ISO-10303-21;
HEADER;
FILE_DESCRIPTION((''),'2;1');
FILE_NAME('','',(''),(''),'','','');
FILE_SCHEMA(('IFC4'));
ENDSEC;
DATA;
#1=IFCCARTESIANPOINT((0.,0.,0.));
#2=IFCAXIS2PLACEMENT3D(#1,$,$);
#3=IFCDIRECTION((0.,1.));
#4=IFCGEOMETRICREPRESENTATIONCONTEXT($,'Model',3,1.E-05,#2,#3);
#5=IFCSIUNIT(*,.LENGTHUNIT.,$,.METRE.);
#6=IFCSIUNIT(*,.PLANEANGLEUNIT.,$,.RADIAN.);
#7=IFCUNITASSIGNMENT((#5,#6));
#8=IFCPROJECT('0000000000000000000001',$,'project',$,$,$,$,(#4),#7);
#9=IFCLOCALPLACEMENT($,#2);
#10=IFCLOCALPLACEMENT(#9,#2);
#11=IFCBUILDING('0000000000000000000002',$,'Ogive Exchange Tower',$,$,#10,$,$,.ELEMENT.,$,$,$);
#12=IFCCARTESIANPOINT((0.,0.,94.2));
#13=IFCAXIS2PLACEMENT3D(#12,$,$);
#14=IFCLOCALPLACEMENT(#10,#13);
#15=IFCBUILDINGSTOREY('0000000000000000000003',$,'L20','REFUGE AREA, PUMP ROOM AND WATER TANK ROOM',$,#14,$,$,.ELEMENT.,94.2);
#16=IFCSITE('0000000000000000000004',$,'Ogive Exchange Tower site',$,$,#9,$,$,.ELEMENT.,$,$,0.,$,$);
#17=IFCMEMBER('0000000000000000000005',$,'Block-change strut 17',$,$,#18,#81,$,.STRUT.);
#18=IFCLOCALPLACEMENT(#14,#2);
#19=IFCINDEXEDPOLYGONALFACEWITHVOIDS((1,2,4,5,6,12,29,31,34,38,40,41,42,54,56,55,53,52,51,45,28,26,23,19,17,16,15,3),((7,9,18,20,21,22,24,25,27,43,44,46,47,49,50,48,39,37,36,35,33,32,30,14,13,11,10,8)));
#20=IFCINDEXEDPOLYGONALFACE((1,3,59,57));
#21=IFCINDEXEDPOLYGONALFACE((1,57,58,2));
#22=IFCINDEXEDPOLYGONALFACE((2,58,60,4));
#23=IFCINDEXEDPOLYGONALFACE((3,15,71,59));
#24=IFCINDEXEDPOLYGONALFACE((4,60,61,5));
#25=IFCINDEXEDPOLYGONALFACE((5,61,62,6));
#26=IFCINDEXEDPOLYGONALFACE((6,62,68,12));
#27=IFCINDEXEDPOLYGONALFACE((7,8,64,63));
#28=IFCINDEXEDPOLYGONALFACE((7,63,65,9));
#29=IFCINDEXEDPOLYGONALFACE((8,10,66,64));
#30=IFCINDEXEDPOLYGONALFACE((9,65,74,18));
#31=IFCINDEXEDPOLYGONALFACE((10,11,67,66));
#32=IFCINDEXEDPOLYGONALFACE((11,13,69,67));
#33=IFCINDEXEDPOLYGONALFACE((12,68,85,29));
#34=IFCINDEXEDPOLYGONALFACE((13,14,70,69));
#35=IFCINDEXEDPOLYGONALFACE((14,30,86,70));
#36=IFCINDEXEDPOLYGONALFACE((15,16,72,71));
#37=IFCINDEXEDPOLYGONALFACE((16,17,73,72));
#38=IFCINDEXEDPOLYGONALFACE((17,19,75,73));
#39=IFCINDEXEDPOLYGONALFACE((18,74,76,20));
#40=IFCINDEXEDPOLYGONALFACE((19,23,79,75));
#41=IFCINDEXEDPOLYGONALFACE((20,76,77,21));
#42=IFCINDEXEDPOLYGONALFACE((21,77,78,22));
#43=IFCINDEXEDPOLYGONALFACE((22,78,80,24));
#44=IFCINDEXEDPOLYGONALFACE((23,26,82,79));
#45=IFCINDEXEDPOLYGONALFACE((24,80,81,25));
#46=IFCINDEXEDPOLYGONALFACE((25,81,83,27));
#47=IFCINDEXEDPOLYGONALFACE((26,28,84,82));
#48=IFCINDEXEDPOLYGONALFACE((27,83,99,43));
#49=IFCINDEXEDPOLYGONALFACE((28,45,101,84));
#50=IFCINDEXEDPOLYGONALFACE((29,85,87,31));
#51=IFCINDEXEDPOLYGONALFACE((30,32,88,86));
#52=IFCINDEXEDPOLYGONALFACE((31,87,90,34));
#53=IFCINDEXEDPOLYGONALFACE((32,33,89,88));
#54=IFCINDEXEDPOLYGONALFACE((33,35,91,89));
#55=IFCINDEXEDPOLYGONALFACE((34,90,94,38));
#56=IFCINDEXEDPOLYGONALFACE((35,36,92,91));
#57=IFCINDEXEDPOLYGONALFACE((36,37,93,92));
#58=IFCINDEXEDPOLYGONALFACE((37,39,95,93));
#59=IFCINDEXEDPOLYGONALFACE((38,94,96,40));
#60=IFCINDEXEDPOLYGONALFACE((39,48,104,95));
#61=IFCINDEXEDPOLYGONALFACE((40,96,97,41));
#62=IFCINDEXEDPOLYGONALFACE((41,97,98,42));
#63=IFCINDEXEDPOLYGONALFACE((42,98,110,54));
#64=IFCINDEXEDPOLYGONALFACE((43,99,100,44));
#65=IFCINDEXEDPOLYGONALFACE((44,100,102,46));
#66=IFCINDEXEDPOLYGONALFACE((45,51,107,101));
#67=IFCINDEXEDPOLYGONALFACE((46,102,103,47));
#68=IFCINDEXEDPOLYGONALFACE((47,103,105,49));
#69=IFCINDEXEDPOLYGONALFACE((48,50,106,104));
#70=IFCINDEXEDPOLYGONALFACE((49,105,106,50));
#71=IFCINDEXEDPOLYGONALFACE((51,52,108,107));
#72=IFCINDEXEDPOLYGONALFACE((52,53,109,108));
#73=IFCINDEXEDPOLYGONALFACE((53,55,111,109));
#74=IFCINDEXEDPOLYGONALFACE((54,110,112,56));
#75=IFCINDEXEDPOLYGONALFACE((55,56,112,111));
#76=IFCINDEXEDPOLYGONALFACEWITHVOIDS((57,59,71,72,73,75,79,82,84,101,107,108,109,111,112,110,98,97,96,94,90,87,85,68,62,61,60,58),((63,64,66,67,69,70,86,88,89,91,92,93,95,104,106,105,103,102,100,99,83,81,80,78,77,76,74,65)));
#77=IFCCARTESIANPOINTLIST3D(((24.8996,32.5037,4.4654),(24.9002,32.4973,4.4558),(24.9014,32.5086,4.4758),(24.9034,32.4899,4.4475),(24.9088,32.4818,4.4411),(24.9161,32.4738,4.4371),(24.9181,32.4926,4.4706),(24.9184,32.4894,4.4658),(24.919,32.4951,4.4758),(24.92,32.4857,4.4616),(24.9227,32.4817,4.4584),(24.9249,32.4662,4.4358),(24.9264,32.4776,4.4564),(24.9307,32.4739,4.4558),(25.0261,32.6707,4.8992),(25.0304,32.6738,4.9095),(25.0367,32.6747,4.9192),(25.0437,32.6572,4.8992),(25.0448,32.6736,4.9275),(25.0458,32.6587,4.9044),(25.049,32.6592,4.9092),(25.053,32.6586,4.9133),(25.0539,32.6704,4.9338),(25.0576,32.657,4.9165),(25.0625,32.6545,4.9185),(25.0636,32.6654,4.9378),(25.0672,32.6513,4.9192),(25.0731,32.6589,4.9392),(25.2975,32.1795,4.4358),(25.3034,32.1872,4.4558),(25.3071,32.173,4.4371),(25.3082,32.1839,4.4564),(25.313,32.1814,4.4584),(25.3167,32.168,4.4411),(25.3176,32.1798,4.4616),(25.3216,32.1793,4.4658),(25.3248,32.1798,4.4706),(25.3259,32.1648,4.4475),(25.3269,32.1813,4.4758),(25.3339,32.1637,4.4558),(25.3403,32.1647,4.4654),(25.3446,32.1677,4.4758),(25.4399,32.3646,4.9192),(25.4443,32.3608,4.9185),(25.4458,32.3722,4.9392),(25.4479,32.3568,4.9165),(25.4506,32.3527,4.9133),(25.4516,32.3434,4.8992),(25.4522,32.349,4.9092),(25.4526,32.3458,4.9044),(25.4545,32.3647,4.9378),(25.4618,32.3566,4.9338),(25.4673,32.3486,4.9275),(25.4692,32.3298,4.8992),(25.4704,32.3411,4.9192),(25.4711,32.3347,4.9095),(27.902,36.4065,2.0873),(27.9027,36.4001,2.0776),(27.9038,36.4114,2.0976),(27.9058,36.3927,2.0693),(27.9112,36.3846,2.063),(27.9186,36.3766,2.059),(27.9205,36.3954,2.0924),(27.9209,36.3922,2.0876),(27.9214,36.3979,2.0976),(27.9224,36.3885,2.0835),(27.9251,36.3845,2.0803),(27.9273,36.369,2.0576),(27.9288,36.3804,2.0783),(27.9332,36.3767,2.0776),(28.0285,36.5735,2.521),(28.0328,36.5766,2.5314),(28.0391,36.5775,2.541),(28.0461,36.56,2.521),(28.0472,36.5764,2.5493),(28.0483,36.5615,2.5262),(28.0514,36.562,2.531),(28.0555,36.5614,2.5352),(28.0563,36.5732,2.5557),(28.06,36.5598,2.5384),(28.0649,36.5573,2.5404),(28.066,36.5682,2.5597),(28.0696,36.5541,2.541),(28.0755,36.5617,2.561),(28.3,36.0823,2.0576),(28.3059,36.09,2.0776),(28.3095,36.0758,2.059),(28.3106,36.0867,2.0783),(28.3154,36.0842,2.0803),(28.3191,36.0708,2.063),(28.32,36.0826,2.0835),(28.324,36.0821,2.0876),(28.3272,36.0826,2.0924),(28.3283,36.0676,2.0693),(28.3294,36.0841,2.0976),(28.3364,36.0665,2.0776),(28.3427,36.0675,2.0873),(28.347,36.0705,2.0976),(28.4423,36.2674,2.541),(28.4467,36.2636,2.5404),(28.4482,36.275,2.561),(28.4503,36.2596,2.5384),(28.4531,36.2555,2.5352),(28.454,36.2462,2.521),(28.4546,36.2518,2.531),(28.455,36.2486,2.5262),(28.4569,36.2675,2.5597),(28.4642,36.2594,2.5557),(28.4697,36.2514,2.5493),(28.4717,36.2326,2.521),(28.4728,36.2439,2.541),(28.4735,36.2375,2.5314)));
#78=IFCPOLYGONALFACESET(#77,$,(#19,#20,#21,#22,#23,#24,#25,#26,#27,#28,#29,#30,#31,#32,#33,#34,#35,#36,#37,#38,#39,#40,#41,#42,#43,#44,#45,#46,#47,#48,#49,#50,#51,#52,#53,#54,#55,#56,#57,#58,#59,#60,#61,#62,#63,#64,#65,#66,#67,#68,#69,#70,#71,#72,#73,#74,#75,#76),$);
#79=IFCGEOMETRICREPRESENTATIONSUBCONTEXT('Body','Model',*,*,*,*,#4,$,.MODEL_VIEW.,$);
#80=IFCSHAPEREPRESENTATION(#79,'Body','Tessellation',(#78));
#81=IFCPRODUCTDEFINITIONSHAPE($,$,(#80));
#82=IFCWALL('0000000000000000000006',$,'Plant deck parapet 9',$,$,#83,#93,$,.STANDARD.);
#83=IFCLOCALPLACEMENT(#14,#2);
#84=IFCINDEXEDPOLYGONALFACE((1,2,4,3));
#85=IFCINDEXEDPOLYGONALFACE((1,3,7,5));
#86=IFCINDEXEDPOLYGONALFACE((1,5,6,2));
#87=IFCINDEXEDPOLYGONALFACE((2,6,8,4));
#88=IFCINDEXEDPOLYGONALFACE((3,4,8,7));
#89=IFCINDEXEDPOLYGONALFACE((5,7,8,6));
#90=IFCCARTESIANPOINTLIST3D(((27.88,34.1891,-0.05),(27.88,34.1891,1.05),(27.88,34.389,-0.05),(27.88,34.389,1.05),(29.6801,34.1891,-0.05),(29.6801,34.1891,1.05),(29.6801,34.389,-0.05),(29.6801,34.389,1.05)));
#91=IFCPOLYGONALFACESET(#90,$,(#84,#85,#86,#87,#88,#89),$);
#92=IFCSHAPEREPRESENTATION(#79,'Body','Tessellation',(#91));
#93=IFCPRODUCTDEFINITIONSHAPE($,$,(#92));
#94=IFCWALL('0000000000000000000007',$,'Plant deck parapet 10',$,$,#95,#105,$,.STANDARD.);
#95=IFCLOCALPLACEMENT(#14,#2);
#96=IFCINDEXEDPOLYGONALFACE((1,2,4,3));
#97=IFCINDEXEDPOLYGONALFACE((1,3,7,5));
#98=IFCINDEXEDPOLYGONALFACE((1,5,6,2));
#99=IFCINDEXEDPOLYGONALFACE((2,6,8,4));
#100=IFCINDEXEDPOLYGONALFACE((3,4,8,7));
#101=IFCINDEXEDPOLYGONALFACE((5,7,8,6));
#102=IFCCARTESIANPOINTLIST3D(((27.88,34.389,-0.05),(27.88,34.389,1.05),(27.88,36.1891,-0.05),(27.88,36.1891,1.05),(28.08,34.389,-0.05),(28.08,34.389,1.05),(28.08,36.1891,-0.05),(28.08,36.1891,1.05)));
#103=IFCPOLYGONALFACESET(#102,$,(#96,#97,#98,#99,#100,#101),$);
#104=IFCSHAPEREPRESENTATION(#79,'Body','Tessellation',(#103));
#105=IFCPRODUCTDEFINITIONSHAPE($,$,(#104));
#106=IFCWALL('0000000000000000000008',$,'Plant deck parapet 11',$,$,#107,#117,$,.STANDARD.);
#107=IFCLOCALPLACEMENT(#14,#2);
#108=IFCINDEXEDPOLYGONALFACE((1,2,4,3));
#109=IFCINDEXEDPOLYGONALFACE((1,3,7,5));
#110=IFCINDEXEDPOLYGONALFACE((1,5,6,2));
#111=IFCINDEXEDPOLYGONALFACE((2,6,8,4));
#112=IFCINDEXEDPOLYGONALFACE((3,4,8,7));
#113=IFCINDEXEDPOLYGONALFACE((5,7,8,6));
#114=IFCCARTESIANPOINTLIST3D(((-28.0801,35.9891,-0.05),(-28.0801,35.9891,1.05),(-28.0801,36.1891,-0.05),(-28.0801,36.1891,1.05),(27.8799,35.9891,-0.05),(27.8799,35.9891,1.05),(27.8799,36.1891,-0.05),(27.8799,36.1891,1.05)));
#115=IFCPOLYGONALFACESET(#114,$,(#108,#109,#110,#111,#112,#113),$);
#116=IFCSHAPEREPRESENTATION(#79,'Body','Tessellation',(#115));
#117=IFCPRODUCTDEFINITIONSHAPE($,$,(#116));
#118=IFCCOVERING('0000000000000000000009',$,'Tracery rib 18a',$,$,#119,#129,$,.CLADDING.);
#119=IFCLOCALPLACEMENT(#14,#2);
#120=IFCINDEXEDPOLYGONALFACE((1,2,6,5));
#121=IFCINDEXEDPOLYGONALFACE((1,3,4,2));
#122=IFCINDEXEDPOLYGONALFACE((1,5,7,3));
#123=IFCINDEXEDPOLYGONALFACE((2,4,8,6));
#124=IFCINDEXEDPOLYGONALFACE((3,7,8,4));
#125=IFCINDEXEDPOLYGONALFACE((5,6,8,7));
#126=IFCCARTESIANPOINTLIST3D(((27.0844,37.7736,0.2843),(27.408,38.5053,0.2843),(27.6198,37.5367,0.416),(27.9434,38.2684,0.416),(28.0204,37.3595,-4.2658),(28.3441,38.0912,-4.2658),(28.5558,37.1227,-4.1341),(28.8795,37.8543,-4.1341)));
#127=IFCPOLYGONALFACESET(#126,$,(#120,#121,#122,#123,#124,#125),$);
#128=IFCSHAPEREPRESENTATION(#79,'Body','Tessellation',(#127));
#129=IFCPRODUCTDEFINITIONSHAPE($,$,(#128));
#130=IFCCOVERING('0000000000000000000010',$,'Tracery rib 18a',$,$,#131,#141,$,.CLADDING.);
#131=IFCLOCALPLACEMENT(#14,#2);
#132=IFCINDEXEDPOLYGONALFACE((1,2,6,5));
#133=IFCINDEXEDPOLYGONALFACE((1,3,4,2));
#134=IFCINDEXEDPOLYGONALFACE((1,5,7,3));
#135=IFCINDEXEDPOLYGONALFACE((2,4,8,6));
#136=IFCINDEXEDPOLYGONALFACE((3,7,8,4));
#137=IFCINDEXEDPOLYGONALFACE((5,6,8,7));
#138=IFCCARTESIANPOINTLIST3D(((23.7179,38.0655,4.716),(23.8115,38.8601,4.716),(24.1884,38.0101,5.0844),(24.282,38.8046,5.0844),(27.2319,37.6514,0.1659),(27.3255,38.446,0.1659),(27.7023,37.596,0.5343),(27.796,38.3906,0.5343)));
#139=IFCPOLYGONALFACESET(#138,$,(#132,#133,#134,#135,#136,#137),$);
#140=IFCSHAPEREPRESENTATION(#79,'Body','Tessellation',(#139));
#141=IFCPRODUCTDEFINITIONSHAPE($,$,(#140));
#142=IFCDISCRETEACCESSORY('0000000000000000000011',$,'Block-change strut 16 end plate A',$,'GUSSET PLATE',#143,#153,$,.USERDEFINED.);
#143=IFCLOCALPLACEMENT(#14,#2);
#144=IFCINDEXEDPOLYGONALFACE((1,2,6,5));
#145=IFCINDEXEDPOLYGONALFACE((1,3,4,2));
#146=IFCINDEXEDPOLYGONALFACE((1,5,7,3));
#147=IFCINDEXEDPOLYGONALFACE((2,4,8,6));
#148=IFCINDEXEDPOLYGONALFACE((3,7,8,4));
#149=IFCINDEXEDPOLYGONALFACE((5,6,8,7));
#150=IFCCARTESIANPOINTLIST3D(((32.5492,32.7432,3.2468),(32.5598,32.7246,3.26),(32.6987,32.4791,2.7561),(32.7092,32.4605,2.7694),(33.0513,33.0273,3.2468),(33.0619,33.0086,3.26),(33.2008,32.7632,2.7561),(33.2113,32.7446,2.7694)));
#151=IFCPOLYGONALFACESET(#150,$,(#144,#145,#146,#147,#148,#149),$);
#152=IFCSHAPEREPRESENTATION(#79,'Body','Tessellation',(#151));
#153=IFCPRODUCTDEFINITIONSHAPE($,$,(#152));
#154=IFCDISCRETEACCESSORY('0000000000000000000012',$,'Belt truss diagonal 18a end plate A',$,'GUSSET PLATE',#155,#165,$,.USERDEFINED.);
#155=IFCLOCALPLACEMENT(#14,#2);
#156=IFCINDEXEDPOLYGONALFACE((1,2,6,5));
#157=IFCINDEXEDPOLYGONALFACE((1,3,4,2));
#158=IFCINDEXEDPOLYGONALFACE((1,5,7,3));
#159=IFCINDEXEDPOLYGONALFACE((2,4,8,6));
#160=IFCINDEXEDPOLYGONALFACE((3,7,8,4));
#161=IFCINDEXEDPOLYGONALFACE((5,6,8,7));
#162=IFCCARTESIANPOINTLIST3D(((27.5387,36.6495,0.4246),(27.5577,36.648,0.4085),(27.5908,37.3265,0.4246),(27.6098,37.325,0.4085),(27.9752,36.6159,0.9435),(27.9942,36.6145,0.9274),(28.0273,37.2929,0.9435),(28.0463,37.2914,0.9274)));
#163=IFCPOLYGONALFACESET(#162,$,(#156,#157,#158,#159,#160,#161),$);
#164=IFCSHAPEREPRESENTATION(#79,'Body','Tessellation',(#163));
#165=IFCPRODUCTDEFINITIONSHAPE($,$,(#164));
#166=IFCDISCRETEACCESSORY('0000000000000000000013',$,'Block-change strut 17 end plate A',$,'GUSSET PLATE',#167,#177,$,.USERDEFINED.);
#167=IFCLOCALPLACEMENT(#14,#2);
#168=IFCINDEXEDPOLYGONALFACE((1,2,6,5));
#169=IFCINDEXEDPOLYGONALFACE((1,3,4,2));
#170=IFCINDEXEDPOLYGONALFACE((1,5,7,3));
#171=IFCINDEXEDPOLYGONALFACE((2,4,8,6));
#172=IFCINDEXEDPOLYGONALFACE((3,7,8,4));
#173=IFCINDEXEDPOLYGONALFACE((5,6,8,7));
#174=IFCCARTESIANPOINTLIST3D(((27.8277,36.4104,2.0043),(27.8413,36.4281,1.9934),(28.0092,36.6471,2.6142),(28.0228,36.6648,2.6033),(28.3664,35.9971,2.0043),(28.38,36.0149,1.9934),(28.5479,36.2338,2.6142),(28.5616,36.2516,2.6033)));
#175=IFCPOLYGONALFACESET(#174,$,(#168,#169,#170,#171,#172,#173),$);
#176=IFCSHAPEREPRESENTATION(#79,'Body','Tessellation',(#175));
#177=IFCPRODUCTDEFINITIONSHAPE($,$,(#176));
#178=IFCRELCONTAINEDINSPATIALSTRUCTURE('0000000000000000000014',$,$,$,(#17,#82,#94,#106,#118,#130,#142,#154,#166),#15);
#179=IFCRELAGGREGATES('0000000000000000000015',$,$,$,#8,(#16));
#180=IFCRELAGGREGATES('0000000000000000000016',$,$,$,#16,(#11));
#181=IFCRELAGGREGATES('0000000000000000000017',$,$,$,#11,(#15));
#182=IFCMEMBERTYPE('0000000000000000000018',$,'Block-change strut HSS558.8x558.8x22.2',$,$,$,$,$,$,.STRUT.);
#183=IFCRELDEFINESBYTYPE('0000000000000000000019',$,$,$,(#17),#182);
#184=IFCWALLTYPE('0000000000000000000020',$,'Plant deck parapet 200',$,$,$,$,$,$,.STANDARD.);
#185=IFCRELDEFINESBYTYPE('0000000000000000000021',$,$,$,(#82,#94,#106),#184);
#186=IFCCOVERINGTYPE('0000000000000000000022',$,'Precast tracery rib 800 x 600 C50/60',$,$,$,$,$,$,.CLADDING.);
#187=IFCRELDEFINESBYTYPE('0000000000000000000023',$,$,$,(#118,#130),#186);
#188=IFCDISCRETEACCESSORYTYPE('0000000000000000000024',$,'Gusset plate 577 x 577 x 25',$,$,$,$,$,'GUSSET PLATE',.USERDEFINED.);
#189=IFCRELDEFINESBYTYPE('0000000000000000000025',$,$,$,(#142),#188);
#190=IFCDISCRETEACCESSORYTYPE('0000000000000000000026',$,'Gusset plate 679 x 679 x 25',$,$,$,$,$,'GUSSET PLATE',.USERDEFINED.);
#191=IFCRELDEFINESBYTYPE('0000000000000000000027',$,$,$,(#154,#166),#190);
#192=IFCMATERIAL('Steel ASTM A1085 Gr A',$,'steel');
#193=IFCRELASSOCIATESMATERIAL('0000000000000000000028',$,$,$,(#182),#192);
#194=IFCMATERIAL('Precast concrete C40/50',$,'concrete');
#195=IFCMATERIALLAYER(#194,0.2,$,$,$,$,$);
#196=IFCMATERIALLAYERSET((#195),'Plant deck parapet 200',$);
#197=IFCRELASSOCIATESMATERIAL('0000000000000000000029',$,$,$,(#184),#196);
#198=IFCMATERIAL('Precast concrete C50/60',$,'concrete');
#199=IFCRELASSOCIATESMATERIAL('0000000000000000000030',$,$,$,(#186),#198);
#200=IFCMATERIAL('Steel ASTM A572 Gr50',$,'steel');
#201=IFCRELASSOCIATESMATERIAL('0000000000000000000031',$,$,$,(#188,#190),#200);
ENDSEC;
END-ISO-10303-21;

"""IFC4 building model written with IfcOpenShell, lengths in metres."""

from ifc_helpers import new_model, si_unit, direction, frame, frame_2d, origin, origin_2d, place, context, subcontext, project, spatial, rectangle, hollow_rectangle, extrude, material, layer, layer_set, material_profile, profile_set, type_object, element, save


model = new_model("IFC4")

# Units and contexts
model_context = context("Model", 3, precision=1e-05, world=origin(), true_north=direction((0.0, 1.0)))
body_context = subcontext(model_context, "Body", "Model", "MODEL_VIEW")
ifc_project = project(units=[si_unit("LENGTHUNIT", "METRE"), si_unit("PLANEANGLEUNIT", "RADIAN")], contexts=[model_context])

# Site, building, storey
site_placement = place(None, origin())
site = spatial("IfcSite", under=ifc_project, at=site_placement, Name="Ogive Exchange Tower site", CompositionType="ELEMENT", RefElevation=0.0)
building_placement = place(site_placement, origin())
building = spatial("IfcBuilding", under=site, at=building_placement, Name="Ogive Exchange Tower", CompositionType="ELEMENT")
storey_placement = place(building_placement, frame((0.0, 0.0, 94.2)))
storey = spatial("IfcBuildingStorey", under=building, at=storey_placement, Name="L20", Description="REFUGE AREA, PUMP ROOM AND WATER TANK ROOM", CompositionType="ELEMENT", Elevation=94.2)

# Shared definitions
ifc_material_1 = material(Name="Steel ASTM A1085 Gr A", Category="steel")

# Member
ifc_material_profile_1 = material_profile(ifc_material_1, hollow_rectangle(XDim=0.5591, YDim=0.5591, WallThickness=0.0222, InnerFilletRadius=0.0222, OuterFilletRadius=0.0444, at=origin_2d()), Name="HSS558.8x558.8x22.2")
ifc_profile_set_1 = profile_set([ifc_material_profile_1], Name="Steel ASTM A1085 Gr A")
member_type_1 = type_object("IfcMemberType", Name="Block-change strut HSS558.8x558.8x22.2", PredefinedType="STRUT", material=ifc_profile_set_1)
member_1_placement = place(storey_placement, frame((28.1877, 36.322, 2.3093), z_axis=(-0.549062, -0.713718, 0.434901), x_axis=(0.792598, -0.609744, 0.0)))
element("IfcMember", 1, at=member_1_placement, inside=storey, type_object=member_type_1, Name="Block-change strut 17", PredefinedType="STRUT", context=body_context, shape_type="SweptSolid", body=[
    extrude(hollow_rectangle(XDim=0.5591, YDim=0.5591, WallThickness=0.0222, InnerFilletRadius=0.0222, OuterFilletRadius=0.0444, at=origin_2d()), origin(), (0.0, 0.0, 1.0), 5.4683),
])

# Walls
ifc_material_2 = material(Name="Precast concrete C40/50", Category="concrete")
ifc_layer = layer(ifc_material_2, 0.2)
ifc_layer_set = layer_set([ifc_layer], Name="Plant deck parapet 200")
wall_type = type_object("IfcWallType", Name="Plant deck parapet 200", PredefinedType="STANDARD", material=ifc_layer_set)
for number, where, z_axis, x_axis, name in (
    (2, (29.6799, 34.2891, -0.05), (0.0, 0.0, 1.0), (-1.0, 0.0, 0.0), "Plant deck parapet 9"),
    (3, (27.98, 34.3892, -0.05), (0.0, 0.0, 1.0), (0.0, 1.0, 0.0), "Plant deck parapet 10"),
):
    element("IfcWall", number, at=place(storey_placement, frame(where, z_axis=z_axis, x_axis=x_axis)), inside=storey, type_object=wall_type, Name=name, PredefinedType="STANDARD", context=body_context, shape_type="SweptSolid", body=[
        extrude(rectangle(XDim=1.8, YDim=0.2, at=frame_2d((0.8999, 0.0))), origin(), (0.0, 0.0, 1.0), 1.1001),
    ])
wall_placement = place(storey_placement, frame((27.8799, 36.0891, -0.05), z_axis=(0.0, 0.0, 1.0), x_axis=(-1.0, 0.0, 0.0)))
element("IfcWall", 4, at=wall_placement, inside=storey, type_object=wall_type, Name="Plant deck parapet 11", PredefinedType="STANDARD", context=body_context, shape_type="SweptSolid", body=[
    extrude(rectangle(XDim=55.96, YDim=0.2, at=frame_2d((27.98, 0.0))), origin(), (0.0, 0.0, 1.0), 1.1001),
])

# Coverings
ifc_material_3 = material(Name="Precast concrete C50/60", Category="concrete")
ifc_material_profile_2 = material_profile(ifc_material_3, rectangle(XDim=0.8, YDim=0.6001, at=origin_2d()), Name="RIB 800 x 600")
ifc_profile_set_2 = profile_set([ifc_material_profile_2], Name="Precast concrete C50/60")
covering_type = type_object("IfcCoveringType", Name="Precast tracery rib 800 x 600 C50/60", PredefinedType="CLADDING", material=ifc_profile_set_2)
covering_1_placement = place(storey_placement, frame((28.45, 37.6069, -4.2), z_axis=(-0.200704, 0.088783, 0.97562), x_axis=(-0.404544, -0.914518, 0.0)))
element("IfcCovering", 5, at=covering_1_placement, inside=storey, type_object=covering_type, Name="Tracery rib 18a", PredefinedType="CLADDING", context=body_context, shape_type="SweptSolid", body=[
    extrude(rectangle(XDim=0.8, YDim=0.6001, at=origin_2d()), origin(), (0.0, 0.0, 1.0), 4.6638),
])
covering_2_placement = place(storey_placement, frame((27.5139, 38.021, 0.3501), z_axis=(-0.609647, 0.071838, 0.789411), x_axis=(-0.117025, -0.993129, 0.0)))
element("IfcCovering", 6, at=covering_2_placement, inside=storey, type_object=covering_type, Name="Tracery rib 18a", PredefinedType="CLADDING", context=body_context, shape_type="SweptSolid", body=[
    extrude(rectangle(XDim=0.8, YDim=0.6001, at=origin_2d()), origin(), (0.0, 0.0, 1.0), 5.7639),
])

# Discrete accessories
ifc_material_4 = material(Name="Steel ASTM A572 Gr50", Category="steel")
ifc_material_profile_3 = material_profile(ifc_material_4, rectangle(XDim=0.5769, YDim=0.5769, at=origin_2d()), Name="PL 577 x 577 x 25")
ifc_profile_set_3 = profile_set([ifc_material_profile_3], Name="Steel ASTM A572 Gr50")
discrete_accessory_type_1 = type_object("IfcDiscreteAccessoryType", Name="Gusset plate 577 x 577 x 25", ElementType="GUSSET PLATE", PredefinedType="USERDEFINED", material=ifc_profile_set_3)
discrete_accessory_placement = place(storey_placement, frame((32.875, 32.7532, 3.0015), z_axis=(0.41882, -0.74024, 0.52596), x_axis=(0.870349, 0.492435, 0.0)))
element("IfcDiscreteAccessory", 7, at=discrete_accessory_placement, inside=storey, type_object=discrete_accessory_type_1, Name="Block-change strut 16 end plate A", ObjectType="GUSSET PLATE", PredefinedType="USERDEFINED", context=body_context, shape_type="SweptSolid", body=[
    extrude(rectangle(XDim=0.5769, YDim=0.5769, at=origin_2d()), origin(), (0.0, 0.0, 1.0), 0.0251),
])
ifc_material_profile_4 = material_profile(ifc_material_4, rectangle(XDim=0.679, YDim=0.679, at=origin_2d()), Name="PL 679 x 679 x 25")
ifc_profile_set_4 = profile_set([ifc_material_profile_4], Name="Steel ASTM A572 Gr50")
discrete_accessory_type_2 = type_object("IfcDiscreteAccessoryType", Name="Gusset plate 679 x 679 x 25", ElementType="GUSSET PLATE", PredefinedType="USERDEFINED", material=ifc_profile_set_4)
for number, where, z_axis, x_axis, name in (
    (8, (27.802, 36.9697, 0.668), (-0.762073, 0.058621, 0.644831), (-0.076696, -0.997054, 0.0), "Belt truss diagonal 18a end plate A"),
    (9, (28.2014, 36.3398, 2.2983), (-0.546764, -0.712747, 0.439364), (0.793431, -0.60866, 0.0), "Block-change strut 17 end plate A"),
):
    element("IfcDiscreteAccessory", number, at=place(storey_placement, frame(where, z_axis=z_axis, x_axis=x_axis)), inside=storey, type_object=discrete_accessory_type_2, Name=name, ObjectType="GUSSET PLATE", PredefinedType="USERDEFINED", context=body_context, shape_type="SweptSolid", body=[
        extrude(rectangle(XDim=0.679, YDim=0.679, at=origin_2d()), origin(), (0.0, 0.0, 1.0), 0.0249),
    ])

save(model, "model.ifc")
